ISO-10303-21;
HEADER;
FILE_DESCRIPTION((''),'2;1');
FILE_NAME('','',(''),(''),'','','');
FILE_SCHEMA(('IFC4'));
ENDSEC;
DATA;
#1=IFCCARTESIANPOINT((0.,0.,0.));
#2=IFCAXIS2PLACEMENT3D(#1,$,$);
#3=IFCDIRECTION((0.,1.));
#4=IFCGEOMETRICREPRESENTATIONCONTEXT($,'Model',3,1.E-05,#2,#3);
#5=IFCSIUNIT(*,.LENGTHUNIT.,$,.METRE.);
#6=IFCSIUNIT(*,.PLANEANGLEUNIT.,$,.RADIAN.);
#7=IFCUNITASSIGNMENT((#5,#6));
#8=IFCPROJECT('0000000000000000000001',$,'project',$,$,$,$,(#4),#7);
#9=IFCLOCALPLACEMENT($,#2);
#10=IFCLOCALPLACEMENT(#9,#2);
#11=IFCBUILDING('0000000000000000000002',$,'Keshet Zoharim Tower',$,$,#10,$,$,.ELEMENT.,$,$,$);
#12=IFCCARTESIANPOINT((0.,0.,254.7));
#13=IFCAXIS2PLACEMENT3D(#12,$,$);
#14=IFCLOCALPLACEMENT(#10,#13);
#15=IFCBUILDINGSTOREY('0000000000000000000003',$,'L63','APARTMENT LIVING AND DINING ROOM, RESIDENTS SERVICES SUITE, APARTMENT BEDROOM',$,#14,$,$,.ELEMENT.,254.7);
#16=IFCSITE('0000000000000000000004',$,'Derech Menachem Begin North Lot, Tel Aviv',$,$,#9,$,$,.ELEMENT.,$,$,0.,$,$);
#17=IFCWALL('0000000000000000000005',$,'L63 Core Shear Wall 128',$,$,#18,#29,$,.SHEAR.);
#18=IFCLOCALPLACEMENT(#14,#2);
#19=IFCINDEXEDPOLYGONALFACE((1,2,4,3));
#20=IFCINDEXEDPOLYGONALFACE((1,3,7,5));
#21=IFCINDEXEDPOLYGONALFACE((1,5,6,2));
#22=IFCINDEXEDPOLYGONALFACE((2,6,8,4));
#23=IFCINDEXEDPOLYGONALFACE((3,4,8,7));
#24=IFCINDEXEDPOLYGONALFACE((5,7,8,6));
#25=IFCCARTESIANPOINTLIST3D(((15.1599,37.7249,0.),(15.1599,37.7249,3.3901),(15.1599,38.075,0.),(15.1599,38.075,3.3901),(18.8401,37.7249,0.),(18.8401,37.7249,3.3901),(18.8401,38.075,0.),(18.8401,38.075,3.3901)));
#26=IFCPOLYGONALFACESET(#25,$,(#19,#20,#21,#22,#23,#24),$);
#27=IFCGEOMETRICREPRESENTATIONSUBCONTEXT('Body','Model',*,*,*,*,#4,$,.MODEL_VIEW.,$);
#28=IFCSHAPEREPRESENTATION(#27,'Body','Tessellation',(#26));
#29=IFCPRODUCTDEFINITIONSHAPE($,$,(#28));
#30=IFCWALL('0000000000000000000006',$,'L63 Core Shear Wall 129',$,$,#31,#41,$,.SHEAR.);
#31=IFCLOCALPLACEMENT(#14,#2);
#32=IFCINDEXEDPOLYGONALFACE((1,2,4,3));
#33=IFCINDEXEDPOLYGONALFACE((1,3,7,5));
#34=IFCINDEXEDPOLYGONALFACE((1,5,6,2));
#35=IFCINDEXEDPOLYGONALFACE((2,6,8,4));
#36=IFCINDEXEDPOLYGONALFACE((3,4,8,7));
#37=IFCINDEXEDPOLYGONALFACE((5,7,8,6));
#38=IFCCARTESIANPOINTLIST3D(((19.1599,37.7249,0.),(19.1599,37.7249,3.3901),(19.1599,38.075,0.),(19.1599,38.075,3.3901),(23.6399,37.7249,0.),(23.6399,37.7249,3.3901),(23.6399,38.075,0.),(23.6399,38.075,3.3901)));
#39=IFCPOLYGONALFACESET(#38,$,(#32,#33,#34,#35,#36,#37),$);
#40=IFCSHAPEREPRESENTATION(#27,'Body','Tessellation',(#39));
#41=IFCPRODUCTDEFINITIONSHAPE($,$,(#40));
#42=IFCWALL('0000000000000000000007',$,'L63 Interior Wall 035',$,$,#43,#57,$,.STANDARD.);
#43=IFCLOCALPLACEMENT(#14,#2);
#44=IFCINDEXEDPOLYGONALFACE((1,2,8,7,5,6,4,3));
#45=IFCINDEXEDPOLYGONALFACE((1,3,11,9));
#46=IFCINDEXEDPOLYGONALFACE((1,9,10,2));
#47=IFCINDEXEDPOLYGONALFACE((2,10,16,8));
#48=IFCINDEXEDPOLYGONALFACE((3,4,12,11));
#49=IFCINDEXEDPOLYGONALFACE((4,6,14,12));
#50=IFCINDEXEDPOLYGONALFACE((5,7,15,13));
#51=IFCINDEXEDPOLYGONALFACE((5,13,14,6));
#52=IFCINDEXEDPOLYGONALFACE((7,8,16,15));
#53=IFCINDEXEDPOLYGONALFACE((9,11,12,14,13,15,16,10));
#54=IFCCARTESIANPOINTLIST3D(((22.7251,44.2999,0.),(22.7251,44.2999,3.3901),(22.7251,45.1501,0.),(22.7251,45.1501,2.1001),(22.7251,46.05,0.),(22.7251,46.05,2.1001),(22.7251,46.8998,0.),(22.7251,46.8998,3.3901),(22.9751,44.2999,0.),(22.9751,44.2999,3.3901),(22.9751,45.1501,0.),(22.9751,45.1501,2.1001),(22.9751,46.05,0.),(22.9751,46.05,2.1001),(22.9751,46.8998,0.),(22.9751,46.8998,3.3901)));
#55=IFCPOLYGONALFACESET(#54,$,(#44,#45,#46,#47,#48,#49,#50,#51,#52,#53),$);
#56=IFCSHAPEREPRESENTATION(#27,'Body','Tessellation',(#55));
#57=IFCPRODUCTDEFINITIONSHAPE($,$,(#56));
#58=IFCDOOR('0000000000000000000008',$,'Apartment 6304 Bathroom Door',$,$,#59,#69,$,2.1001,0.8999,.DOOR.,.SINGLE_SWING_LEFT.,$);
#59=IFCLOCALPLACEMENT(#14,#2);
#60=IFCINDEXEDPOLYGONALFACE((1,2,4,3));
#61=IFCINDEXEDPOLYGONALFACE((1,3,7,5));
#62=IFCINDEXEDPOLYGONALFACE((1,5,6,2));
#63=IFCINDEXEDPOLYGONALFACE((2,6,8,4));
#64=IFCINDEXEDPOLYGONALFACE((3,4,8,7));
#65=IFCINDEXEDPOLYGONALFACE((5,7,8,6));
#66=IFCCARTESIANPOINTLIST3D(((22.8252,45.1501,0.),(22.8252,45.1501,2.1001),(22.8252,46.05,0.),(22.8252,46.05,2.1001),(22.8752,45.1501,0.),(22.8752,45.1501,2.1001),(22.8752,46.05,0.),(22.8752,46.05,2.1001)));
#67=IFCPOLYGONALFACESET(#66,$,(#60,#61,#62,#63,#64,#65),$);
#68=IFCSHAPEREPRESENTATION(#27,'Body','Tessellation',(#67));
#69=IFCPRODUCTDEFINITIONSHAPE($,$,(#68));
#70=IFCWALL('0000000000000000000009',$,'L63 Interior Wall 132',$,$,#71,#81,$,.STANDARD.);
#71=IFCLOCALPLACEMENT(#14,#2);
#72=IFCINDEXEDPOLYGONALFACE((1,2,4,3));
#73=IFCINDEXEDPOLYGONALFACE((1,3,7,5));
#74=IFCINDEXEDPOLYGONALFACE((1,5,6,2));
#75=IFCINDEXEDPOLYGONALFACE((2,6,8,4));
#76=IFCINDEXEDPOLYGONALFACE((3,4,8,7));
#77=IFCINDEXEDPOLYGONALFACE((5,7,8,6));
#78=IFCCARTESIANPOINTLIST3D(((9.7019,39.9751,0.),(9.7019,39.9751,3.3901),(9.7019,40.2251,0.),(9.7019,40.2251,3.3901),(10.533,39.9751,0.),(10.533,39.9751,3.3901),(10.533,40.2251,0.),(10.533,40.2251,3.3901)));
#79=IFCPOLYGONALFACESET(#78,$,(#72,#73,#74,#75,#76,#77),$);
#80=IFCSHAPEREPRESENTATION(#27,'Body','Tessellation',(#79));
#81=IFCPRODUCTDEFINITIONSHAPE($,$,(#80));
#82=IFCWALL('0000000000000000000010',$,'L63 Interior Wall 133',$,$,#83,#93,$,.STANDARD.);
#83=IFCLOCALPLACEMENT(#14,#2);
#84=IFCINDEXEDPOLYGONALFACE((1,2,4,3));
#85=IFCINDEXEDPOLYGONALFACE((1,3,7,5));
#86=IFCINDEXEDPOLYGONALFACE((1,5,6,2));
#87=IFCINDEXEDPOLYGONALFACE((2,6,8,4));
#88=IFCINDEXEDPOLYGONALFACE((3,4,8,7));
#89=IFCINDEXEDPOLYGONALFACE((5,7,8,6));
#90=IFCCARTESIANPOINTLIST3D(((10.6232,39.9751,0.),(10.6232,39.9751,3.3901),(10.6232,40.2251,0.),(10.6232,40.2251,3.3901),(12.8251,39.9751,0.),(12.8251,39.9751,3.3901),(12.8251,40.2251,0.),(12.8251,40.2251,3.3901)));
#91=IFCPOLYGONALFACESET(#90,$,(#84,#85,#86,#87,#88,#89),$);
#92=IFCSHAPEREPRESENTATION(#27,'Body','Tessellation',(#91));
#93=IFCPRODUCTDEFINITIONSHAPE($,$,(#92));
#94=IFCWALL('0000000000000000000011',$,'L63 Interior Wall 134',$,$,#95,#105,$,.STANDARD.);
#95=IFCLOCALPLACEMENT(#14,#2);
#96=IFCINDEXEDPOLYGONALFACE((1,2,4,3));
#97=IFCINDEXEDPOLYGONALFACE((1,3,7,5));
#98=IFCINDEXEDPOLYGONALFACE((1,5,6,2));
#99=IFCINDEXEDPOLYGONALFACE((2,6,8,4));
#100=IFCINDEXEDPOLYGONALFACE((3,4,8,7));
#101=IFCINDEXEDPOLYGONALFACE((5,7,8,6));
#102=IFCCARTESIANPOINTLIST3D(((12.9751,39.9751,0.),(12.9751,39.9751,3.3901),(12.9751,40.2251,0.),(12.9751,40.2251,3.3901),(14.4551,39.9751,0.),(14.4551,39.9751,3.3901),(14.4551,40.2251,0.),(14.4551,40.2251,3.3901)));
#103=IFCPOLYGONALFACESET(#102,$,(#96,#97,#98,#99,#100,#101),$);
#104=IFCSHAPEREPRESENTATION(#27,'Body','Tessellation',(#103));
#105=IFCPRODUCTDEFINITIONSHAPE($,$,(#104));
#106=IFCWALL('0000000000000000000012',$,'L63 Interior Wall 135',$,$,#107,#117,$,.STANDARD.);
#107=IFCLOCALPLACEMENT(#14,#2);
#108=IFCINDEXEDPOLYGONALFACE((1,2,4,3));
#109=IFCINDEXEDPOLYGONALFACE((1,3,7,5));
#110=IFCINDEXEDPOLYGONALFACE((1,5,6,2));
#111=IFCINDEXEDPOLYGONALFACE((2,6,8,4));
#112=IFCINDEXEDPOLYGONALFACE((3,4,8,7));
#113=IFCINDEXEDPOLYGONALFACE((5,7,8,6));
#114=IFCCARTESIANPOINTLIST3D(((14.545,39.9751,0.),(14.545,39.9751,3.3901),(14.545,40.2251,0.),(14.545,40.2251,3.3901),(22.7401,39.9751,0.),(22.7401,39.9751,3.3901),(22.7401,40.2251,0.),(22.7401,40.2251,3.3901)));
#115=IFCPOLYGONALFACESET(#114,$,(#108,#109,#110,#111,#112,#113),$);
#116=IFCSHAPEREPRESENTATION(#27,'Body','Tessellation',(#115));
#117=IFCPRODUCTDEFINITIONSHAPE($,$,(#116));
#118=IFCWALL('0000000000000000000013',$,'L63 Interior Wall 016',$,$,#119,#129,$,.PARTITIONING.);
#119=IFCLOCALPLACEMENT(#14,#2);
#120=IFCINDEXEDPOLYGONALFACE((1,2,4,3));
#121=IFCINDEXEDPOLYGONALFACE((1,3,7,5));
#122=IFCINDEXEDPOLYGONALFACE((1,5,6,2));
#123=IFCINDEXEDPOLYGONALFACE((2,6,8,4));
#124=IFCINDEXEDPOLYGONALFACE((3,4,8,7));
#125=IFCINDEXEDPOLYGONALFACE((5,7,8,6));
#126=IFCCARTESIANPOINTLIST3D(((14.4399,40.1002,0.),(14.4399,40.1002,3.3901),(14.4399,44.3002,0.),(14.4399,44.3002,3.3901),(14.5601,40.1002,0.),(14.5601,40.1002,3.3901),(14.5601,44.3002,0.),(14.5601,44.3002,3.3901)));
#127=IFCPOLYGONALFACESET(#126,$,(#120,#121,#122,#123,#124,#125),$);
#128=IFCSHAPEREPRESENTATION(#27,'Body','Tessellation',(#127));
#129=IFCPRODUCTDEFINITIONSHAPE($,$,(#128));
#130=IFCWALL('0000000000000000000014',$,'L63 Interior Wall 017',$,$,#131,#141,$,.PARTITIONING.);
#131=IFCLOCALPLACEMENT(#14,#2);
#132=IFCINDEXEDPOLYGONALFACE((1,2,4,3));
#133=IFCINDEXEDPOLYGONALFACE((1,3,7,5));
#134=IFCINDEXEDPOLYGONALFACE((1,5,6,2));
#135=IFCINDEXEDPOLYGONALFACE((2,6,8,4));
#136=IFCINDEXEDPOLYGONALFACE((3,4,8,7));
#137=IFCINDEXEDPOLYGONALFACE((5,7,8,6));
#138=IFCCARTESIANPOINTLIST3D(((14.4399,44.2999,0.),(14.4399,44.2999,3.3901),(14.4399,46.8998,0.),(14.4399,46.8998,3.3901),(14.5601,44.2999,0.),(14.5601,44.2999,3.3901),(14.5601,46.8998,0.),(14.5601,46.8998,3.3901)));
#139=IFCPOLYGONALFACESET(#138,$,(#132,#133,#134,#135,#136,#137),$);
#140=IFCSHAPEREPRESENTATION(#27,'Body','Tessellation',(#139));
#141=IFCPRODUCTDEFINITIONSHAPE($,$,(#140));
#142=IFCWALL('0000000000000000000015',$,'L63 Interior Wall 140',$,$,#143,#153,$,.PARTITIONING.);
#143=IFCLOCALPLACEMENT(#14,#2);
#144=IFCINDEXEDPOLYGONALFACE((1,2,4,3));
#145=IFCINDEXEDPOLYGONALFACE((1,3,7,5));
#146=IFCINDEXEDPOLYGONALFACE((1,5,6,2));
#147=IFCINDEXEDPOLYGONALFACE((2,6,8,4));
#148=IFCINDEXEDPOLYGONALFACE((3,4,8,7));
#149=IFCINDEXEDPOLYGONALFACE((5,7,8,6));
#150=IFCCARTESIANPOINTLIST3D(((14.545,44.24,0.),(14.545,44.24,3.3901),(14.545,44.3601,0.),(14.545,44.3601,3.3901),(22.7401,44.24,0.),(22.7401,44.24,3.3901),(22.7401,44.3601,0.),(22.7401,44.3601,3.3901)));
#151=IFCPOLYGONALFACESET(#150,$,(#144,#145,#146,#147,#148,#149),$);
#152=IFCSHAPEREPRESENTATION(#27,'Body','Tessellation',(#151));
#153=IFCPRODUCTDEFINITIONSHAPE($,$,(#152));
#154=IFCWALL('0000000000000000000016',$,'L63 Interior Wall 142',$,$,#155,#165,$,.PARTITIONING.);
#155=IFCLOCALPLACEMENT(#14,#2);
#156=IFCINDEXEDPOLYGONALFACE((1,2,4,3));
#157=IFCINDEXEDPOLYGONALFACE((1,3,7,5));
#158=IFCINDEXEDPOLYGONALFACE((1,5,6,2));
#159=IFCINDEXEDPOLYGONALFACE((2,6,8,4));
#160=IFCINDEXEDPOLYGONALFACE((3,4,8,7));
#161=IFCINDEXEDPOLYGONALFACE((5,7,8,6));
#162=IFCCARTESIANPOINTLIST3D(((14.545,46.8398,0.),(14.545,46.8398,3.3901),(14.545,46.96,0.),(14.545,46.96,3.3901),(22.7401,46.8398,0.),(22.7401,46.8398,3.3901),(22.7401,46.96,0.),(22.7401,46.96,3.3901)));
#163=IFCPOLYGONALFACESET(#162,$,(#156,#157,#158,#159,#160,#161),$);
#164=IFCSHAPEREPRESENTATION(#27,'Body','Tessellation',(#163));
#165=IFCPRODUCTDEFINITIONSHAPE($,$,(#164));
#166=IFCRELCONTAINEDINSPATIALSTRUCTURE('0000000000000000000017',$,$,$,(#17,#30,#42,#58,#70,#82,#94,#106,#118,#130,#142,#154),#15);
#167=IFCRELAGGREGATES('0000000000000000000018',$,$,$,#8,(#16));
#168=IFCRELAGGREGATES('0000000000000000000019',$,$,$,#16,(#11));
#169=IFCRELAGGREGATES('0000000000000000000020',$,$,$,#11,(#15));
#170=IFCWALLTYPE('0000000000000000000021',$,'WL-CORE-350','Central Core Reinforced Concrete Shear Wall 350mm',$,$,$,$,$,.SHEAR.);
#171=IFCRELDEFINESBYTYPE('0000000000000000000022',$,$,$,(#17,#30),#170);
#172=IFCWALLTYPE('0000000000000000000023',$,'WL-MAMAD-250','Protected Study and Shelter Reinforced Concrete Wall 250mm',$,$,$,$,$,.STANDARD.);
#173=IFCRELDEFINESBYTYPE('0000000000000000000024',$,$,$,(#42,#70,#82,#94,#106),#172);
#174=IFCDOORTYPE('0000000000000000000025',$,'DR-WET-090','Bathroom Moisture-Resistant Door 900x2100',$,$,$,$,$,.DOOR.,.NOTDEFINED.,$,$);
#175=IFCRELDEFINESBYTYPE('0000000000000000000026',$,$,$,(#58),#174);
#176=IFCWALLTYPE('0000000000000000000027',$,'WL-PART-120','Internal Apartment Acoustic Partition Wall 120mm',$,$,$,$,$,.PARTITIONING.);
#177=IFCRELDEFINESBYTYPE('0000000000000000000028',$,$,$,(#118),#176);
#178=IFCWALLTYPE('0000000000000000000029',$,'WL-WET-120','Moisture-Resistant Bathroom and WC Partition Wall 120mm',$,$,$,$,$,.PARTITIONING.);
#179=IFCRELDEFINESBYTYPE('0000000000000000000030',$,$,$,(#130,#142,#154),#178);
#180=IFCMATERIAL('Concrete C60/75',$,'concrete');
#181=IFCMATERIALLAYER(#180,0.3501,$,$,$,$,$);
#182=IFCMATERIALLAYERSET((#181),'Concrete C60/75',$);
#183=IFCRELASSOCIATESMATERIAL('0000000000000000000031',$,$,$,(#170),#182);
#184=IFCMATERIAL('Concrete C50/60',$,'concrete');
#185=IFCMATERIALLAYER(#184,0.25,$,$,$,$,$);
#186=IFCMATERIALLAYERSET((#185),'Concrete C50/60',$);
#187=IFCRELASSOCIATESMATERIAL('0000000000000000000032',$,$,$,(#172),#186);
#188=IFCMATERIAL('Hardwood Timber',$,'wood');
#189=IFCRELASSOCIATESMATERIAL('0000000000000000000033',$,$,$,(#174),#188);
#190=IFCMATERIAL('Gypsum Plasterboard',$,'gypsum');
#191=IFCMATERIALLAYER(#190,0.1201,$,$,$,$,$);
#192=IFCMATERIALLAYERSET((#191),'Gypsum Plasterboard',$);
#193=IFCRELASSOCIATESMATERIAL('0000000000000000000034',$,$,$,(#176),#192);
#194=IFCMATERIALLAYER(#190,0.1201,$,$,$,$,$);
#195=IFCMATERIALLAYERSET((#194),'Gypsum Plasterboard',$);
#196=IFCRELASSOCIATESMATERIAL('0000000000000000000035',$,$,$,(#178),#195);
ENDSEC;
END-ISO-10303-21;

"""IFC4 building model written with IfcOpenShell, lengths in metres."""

from ifc_helpers import new_model, si_unit, direction, frame, frame_2d, origin, place, context, subcontext, project, spatial, rectangle, extrude, material, layer, layer_set, type_object, element, fill, save


model = new_model("IFC4")

# Units and contexts
model_context = context("Model", 3, precision=1e-05, world=origin(), true_north=direction((0.0, 1.0)))
body_context = subcontext(model_context, "Body", "Model", "MODEL_VIEW")
ifc_project = project(units=[si_unit("LENGTHUNIT", "METRE"), si_unit("PLANEANGLEUNIT", "RADIAN")], contexts=[model_context])

# Site, building, storey
site_placement = place(None, origin())
site = spatial("IfcSite", under=ifc_project, at=site_placement, Name="Derech Menachem Begin North Lot, Tel Aviv", CompositionType="ELEMENT", RefElevation=0.0)
building_placement = place(site_placement, origin())
building = spatial("IfcBuilding", under=site, at=building_placement, Name="Keshet Zoharim Tower", CompositionType="ELEMENT")
storey_placement = place(building_placement, frame((0.0, 0.0, 254.7)))
storey = spatial("IfcBuildingStorey", under=building, at=storey_placement, Name="L63", Description="APARTMENT LIVING AND DINING ROOM, RESIDENTS SERVICES SUITE, APARTMENT BEDROOM", CompositionType="ELEMENT", Elevation=254.7)

# Walls
ifc_material_1 = material(Name="Concrete C60/75", Category="concrete")
ifc_layer_1 = layer(ifc_material_1, 0.3501)
ifc_layer_set_1 = layer_set([ifc_layer_1], Name="Concrete C60/75")
wall_type_1 = type_object("IfcWallType", Name="WL-CORE-350", Description="Central Core Reinforced Concrete Shear Wall 350mm", PredefinedType="SHEAR", material=ifc_layer_set_1)
wall_1_placement = place(storey_placement, frame((15.1599, 37.8999, 0.0), z_axis=(0.0, 0.0, 1.0), x_axis=(1.0, 0.0, 0.0)))
element("IfcWall", 1, at=wall_1_placement, inside=storey, type_object=wall_type_1, Name="L63 Core Shear Wall 128", PredefinedType="SHEAR", context=body_context, shape_type="SweptSolid", body=[
    extrude(rectangle(XDim=3.6802, YDim=0.3501, at=frame_2d((1.8401, 0.0))), origin(), (0.0, 0.0, 1.0), 3.3901),
])
wall_2_placement = place(storey_placement, frame((19.1599, 37.8999, 0.0), z_axis=(0.0, 0.0, 1.0), x_axis=(1.0, 0.0, 0.0)))
element("IfcWall", 2, at=wall_2_placement, inside=storey, type_object=wall_type_1, Name="L63 Core Shear Wall 129", PredefinedType="SHEAR", context=body_context, shape_type="SweptSolid", body=[
    extrude(rectangle(XDim=4.48, YDim=0.3501, at=frame_2d((2.24, 0.0))), origin(), (0.0, 0.0, 1.0), 3.3901),
])

# Wall, opening, door
ifc_material_2 = material(Name="Concrete C50/60", Category="concrete")
ifc_layer_2 = layer(ifc_material_2, 0.25)
ifc_layer_set_2 = layer_set([ifc_layer_2], Name="Concrete C50/60")
wall_type_2 = type_object("IfcWallType", Name="WL-MAMAD-250", Description="Protected Study and Shelter Reinforced Concrete Wall 250mm", PredefinedType="STANDARD", material=ifc_layer_set_2)
ifc_material_3 = material(Name="Hardwood Timber", Category="wood")
wall_3_placement = place(storey_placement, frame((22.8501, 44.3, 0.0), z_axis=(0.0, 0.0, 1.0), x_axis=(0.0, 1.0, 0.0)))
wall_3 = element("IfcWall", 3, at=wall_3_placement, inside=storey, type_object=wall_type_2, Name="L63 Interior Wall 035", PredefinedType="STANDARD", context=body_context, shape_type="SweptSolid", body=[
    extrude(rectangle(XDim=2.5999, YDim=0.25, at=frame_2d((1.2998, 0.0))), origin(), (0.0, 0.0, 1.0), 3.3901),
])
opening_1_placement = place(wall_3_placement, frame((0.8501, 0.0, 0.0)))
opening_1 = element("IfcOpeningElement", 4, at=opening_1_placement, cuts=wall_3, PredefinedType="OPENING", context=body_context, shape_type="SweptSolid", body=[
    extrude(rectangle(XDim=0.8999, YDim=2.1001, at=frame_2d((0.45, 1.05))), frame((0.0, 0.135, 0.0), z_axis=(0.0, -1.0, 0.0), x_axis=(1.0, 0.0, 0.0)), (0.0, 0.0, 1.0), 0.27),
])
door_type_1 = type_object("IfcDoorType", Name="DR-WET-090", Description="Bathroom Moisture-Resistant Door 900x2100", OperationType="NOTDEFINED", PredefinedType="DOOR", material=ifc_material_3)
door_1_placement = place(opening_1_placement, origin())
door_1 = element("IfcDoor", 5, at=door_1_placement, inside=storey, type_object=door_type_1, Name="Apartment 6304 Bathroom Door", OperationType="SINGLE_SWING_LEFT", OverallHeight=2.1001, OverallWidth=0.8999, PredefinedType="DOOR", context=body_context, shape_type="SweptSolid", body=[
    extrude(rectangle(XDim=0.8999, YDim=2.1001, at=frame_2d((0.45, 1.05))), frame((0.0, 0.0249, 0.0), z_axis=(0.0, -1.0, 0.0), x_axis=(1.0, 0.0, 0.0)), (0.0, 0.0, 1.0), 0.05),
])
fill(opening_1, door_1)

# Walls
wall_4_placement = place(storey_placement, frame((9.7019, 40.1001, 0.0), z_axis=(0.0, 0.0, 1.0), x_axis=(1.0, 0.0, 0.0)))
element("IfcWall", 6, at=wall_4_placement, inside=storey, type_object=wall_type_2, Name="L63 Interior Wall 132", PredefinedType="STANDARD", context=body_context, shape_type="SweptSolid", body=[
    extrude(rectangle(XDim=0.8311, YDim=0.25, at=frame_2d((0.4155, 0.0))), origin(), (0.0, 0.0, 1.0), 3.3901),
])
wall_5_placement = place(storey_placement, frame((10.623, 40.1001, 0.0), z_axis=(0.0, 0.0, 1.0), x_axis=(1.0, 0.0, 0.0)))
element("IfcWall", 7, at=wall_5_placement, inside=storey, type_object=wall_type_2, Name="L63 Interior Wall 133", PredefinedType="STANDARD", context=body_context, shape_type="SweptSolid", body=[
    extrude(rectangle(XDim=2.2019, YDim=0.25, at=frame_2d((1.1011, 0.0))), origin(), (0.0, 0.0, 1.0), 3.3901),
])
wall_6_placement = place(storey_placement, frame((12.9751, 40.1001, 0.0), z_axis=(0.0, 0.0, 1.0), x_axis=(1.0, 0.0, 0.0)))
element("IfcWall", 8, at=wall_6_placement, inside=storey, type_object=wall_type_2, Name="L63 Interior Wall 134", PredefinedType="STANDARD", context=body_context, shape_type="SweptSolid", body=[
    extrude(rectangle(XDim=1.48, YDim=0.25, at=frame_2d((0.74, 0.0))), origin(), (0.0, 0.0, 1.0), 3.3901),
])
wall_7_placement = place(storey_placement, frame((14.5449, 40.1001, 0.0), z_axis=(0.0, 0.0, 1.0), x_axis=(1.0, 0.0, 0.0)))
element("IfcWall", 9, at=wall_7_placement, inside=storey, type_object=wall_type_2, Name="L63 Interior Wall 135", PredefinedType="STANDARD", context=body_context, shape_type="SweptSolid", body=[
    extrude(rectangle(XDim=8.1951, YDim=0.25, at=frame_2d((4.0977, 0.0))), origin(), (0.0, 0.0, 1.0), 3.3901),
])
ifc_material_4 = material(Name="Gypsum Plasterboard", Category="gypsum")
ifc_layer_3 = layer(ifc_material_4, 0.1201)
ifc_layer_set_3 = layer_set([ifc_layer_3], Name="Gypsum Plasterboard")
wall_type_3 = type_object("IfcWallType", Name="WL-PART-120", Description="Internal Apartment Acoustic Partition Wall 120mm", PredefinedType="PARTITIONING", material=ifc_layer_set_3)
wall_8_placement = place(storey_placement, frame((14.5, 40.1001, 0.0), z_axis=(0.0, 0.0, 1.0), x_axis=(0.0, 1.0, 0.0)))
element("IfcWall", 10, at=wall_8_placement, inside=storey, type_object=wall_type_3, Name="L63 Interior Wall 016", PredefinedType="PARTITIONING", context=body_context, shape_type="SweptSolid", body=[
    extrude(rectangle(XDim=4.2, YDim=0.1201, at=frame_2d((2.1001, 0.0))), origin(), (0.0, 0.0, 1.0), 3.3901),
])
ifc_layer_4 = layer(ifc_material_4, 0.1201)
ifc_layer_set_4 = layer_set([ifc_layer_4], Name="Gypsum Plasterboard")
wall_type_4 = type_object("IfcWallType", Name="WL-WET-120", Description="Moisture-Resistant Bathroom and WC Partition Wall 120mm", PredefinedType="PARTITIONING", material=ifc_layer_set_4)
wall_9_placement = place(storey_placement, frame((14.5, 44.3, 0.0), z_axis=(0.0, 0.0, 1.0), x_axis=(0.0, 1.0, 0.0)))
element("IfcWall", 11, at=wall_9_placement, inside=storey, type_object=wall_type_4, Name="L63 Interior Wall 017", PredefinedType="PARTITIONING", context=body_context, shape_type="SweptSolid", body=[
    extrude(rectangle(XDim=2.5999, YDim=0.1201, at=frame_2d((1.2998, 0.0))), origin(), (0.0, 0.0, 1.0), 3.3901),
])
for number, where, z_axis, x_axis, name in (
    (12, (14.5449, 44.3, 0.0), (0.0, 0.0, 1.0), (1.0, 0.0, 0.0), "L63 Interior Wall 140"),
    (13, (14.5449, 46.8999, 0.0), (0.0, 0.0, 1.0), (1.0, 0.0, 0.0), "L63 Interior Wall 142"),
):
    element("IfcWall", number, at=place(storey_placement, frame(where, z_axis=z_axis, x_axis=x_axis)), inside=storey, type_object=wall_type_4, Name=name, PredefinedType="PARTITIONING", context=body_context, shape_type="SweptSolid", body=[
        extrude(rectangle(XDim=8.1951, YDim=0.1201, at=frame_2d((4.0977, 0.0))), origin(), (0.0, 0.0, 1.0), 3.3901),
    ])

save(model, "model.ifc")
